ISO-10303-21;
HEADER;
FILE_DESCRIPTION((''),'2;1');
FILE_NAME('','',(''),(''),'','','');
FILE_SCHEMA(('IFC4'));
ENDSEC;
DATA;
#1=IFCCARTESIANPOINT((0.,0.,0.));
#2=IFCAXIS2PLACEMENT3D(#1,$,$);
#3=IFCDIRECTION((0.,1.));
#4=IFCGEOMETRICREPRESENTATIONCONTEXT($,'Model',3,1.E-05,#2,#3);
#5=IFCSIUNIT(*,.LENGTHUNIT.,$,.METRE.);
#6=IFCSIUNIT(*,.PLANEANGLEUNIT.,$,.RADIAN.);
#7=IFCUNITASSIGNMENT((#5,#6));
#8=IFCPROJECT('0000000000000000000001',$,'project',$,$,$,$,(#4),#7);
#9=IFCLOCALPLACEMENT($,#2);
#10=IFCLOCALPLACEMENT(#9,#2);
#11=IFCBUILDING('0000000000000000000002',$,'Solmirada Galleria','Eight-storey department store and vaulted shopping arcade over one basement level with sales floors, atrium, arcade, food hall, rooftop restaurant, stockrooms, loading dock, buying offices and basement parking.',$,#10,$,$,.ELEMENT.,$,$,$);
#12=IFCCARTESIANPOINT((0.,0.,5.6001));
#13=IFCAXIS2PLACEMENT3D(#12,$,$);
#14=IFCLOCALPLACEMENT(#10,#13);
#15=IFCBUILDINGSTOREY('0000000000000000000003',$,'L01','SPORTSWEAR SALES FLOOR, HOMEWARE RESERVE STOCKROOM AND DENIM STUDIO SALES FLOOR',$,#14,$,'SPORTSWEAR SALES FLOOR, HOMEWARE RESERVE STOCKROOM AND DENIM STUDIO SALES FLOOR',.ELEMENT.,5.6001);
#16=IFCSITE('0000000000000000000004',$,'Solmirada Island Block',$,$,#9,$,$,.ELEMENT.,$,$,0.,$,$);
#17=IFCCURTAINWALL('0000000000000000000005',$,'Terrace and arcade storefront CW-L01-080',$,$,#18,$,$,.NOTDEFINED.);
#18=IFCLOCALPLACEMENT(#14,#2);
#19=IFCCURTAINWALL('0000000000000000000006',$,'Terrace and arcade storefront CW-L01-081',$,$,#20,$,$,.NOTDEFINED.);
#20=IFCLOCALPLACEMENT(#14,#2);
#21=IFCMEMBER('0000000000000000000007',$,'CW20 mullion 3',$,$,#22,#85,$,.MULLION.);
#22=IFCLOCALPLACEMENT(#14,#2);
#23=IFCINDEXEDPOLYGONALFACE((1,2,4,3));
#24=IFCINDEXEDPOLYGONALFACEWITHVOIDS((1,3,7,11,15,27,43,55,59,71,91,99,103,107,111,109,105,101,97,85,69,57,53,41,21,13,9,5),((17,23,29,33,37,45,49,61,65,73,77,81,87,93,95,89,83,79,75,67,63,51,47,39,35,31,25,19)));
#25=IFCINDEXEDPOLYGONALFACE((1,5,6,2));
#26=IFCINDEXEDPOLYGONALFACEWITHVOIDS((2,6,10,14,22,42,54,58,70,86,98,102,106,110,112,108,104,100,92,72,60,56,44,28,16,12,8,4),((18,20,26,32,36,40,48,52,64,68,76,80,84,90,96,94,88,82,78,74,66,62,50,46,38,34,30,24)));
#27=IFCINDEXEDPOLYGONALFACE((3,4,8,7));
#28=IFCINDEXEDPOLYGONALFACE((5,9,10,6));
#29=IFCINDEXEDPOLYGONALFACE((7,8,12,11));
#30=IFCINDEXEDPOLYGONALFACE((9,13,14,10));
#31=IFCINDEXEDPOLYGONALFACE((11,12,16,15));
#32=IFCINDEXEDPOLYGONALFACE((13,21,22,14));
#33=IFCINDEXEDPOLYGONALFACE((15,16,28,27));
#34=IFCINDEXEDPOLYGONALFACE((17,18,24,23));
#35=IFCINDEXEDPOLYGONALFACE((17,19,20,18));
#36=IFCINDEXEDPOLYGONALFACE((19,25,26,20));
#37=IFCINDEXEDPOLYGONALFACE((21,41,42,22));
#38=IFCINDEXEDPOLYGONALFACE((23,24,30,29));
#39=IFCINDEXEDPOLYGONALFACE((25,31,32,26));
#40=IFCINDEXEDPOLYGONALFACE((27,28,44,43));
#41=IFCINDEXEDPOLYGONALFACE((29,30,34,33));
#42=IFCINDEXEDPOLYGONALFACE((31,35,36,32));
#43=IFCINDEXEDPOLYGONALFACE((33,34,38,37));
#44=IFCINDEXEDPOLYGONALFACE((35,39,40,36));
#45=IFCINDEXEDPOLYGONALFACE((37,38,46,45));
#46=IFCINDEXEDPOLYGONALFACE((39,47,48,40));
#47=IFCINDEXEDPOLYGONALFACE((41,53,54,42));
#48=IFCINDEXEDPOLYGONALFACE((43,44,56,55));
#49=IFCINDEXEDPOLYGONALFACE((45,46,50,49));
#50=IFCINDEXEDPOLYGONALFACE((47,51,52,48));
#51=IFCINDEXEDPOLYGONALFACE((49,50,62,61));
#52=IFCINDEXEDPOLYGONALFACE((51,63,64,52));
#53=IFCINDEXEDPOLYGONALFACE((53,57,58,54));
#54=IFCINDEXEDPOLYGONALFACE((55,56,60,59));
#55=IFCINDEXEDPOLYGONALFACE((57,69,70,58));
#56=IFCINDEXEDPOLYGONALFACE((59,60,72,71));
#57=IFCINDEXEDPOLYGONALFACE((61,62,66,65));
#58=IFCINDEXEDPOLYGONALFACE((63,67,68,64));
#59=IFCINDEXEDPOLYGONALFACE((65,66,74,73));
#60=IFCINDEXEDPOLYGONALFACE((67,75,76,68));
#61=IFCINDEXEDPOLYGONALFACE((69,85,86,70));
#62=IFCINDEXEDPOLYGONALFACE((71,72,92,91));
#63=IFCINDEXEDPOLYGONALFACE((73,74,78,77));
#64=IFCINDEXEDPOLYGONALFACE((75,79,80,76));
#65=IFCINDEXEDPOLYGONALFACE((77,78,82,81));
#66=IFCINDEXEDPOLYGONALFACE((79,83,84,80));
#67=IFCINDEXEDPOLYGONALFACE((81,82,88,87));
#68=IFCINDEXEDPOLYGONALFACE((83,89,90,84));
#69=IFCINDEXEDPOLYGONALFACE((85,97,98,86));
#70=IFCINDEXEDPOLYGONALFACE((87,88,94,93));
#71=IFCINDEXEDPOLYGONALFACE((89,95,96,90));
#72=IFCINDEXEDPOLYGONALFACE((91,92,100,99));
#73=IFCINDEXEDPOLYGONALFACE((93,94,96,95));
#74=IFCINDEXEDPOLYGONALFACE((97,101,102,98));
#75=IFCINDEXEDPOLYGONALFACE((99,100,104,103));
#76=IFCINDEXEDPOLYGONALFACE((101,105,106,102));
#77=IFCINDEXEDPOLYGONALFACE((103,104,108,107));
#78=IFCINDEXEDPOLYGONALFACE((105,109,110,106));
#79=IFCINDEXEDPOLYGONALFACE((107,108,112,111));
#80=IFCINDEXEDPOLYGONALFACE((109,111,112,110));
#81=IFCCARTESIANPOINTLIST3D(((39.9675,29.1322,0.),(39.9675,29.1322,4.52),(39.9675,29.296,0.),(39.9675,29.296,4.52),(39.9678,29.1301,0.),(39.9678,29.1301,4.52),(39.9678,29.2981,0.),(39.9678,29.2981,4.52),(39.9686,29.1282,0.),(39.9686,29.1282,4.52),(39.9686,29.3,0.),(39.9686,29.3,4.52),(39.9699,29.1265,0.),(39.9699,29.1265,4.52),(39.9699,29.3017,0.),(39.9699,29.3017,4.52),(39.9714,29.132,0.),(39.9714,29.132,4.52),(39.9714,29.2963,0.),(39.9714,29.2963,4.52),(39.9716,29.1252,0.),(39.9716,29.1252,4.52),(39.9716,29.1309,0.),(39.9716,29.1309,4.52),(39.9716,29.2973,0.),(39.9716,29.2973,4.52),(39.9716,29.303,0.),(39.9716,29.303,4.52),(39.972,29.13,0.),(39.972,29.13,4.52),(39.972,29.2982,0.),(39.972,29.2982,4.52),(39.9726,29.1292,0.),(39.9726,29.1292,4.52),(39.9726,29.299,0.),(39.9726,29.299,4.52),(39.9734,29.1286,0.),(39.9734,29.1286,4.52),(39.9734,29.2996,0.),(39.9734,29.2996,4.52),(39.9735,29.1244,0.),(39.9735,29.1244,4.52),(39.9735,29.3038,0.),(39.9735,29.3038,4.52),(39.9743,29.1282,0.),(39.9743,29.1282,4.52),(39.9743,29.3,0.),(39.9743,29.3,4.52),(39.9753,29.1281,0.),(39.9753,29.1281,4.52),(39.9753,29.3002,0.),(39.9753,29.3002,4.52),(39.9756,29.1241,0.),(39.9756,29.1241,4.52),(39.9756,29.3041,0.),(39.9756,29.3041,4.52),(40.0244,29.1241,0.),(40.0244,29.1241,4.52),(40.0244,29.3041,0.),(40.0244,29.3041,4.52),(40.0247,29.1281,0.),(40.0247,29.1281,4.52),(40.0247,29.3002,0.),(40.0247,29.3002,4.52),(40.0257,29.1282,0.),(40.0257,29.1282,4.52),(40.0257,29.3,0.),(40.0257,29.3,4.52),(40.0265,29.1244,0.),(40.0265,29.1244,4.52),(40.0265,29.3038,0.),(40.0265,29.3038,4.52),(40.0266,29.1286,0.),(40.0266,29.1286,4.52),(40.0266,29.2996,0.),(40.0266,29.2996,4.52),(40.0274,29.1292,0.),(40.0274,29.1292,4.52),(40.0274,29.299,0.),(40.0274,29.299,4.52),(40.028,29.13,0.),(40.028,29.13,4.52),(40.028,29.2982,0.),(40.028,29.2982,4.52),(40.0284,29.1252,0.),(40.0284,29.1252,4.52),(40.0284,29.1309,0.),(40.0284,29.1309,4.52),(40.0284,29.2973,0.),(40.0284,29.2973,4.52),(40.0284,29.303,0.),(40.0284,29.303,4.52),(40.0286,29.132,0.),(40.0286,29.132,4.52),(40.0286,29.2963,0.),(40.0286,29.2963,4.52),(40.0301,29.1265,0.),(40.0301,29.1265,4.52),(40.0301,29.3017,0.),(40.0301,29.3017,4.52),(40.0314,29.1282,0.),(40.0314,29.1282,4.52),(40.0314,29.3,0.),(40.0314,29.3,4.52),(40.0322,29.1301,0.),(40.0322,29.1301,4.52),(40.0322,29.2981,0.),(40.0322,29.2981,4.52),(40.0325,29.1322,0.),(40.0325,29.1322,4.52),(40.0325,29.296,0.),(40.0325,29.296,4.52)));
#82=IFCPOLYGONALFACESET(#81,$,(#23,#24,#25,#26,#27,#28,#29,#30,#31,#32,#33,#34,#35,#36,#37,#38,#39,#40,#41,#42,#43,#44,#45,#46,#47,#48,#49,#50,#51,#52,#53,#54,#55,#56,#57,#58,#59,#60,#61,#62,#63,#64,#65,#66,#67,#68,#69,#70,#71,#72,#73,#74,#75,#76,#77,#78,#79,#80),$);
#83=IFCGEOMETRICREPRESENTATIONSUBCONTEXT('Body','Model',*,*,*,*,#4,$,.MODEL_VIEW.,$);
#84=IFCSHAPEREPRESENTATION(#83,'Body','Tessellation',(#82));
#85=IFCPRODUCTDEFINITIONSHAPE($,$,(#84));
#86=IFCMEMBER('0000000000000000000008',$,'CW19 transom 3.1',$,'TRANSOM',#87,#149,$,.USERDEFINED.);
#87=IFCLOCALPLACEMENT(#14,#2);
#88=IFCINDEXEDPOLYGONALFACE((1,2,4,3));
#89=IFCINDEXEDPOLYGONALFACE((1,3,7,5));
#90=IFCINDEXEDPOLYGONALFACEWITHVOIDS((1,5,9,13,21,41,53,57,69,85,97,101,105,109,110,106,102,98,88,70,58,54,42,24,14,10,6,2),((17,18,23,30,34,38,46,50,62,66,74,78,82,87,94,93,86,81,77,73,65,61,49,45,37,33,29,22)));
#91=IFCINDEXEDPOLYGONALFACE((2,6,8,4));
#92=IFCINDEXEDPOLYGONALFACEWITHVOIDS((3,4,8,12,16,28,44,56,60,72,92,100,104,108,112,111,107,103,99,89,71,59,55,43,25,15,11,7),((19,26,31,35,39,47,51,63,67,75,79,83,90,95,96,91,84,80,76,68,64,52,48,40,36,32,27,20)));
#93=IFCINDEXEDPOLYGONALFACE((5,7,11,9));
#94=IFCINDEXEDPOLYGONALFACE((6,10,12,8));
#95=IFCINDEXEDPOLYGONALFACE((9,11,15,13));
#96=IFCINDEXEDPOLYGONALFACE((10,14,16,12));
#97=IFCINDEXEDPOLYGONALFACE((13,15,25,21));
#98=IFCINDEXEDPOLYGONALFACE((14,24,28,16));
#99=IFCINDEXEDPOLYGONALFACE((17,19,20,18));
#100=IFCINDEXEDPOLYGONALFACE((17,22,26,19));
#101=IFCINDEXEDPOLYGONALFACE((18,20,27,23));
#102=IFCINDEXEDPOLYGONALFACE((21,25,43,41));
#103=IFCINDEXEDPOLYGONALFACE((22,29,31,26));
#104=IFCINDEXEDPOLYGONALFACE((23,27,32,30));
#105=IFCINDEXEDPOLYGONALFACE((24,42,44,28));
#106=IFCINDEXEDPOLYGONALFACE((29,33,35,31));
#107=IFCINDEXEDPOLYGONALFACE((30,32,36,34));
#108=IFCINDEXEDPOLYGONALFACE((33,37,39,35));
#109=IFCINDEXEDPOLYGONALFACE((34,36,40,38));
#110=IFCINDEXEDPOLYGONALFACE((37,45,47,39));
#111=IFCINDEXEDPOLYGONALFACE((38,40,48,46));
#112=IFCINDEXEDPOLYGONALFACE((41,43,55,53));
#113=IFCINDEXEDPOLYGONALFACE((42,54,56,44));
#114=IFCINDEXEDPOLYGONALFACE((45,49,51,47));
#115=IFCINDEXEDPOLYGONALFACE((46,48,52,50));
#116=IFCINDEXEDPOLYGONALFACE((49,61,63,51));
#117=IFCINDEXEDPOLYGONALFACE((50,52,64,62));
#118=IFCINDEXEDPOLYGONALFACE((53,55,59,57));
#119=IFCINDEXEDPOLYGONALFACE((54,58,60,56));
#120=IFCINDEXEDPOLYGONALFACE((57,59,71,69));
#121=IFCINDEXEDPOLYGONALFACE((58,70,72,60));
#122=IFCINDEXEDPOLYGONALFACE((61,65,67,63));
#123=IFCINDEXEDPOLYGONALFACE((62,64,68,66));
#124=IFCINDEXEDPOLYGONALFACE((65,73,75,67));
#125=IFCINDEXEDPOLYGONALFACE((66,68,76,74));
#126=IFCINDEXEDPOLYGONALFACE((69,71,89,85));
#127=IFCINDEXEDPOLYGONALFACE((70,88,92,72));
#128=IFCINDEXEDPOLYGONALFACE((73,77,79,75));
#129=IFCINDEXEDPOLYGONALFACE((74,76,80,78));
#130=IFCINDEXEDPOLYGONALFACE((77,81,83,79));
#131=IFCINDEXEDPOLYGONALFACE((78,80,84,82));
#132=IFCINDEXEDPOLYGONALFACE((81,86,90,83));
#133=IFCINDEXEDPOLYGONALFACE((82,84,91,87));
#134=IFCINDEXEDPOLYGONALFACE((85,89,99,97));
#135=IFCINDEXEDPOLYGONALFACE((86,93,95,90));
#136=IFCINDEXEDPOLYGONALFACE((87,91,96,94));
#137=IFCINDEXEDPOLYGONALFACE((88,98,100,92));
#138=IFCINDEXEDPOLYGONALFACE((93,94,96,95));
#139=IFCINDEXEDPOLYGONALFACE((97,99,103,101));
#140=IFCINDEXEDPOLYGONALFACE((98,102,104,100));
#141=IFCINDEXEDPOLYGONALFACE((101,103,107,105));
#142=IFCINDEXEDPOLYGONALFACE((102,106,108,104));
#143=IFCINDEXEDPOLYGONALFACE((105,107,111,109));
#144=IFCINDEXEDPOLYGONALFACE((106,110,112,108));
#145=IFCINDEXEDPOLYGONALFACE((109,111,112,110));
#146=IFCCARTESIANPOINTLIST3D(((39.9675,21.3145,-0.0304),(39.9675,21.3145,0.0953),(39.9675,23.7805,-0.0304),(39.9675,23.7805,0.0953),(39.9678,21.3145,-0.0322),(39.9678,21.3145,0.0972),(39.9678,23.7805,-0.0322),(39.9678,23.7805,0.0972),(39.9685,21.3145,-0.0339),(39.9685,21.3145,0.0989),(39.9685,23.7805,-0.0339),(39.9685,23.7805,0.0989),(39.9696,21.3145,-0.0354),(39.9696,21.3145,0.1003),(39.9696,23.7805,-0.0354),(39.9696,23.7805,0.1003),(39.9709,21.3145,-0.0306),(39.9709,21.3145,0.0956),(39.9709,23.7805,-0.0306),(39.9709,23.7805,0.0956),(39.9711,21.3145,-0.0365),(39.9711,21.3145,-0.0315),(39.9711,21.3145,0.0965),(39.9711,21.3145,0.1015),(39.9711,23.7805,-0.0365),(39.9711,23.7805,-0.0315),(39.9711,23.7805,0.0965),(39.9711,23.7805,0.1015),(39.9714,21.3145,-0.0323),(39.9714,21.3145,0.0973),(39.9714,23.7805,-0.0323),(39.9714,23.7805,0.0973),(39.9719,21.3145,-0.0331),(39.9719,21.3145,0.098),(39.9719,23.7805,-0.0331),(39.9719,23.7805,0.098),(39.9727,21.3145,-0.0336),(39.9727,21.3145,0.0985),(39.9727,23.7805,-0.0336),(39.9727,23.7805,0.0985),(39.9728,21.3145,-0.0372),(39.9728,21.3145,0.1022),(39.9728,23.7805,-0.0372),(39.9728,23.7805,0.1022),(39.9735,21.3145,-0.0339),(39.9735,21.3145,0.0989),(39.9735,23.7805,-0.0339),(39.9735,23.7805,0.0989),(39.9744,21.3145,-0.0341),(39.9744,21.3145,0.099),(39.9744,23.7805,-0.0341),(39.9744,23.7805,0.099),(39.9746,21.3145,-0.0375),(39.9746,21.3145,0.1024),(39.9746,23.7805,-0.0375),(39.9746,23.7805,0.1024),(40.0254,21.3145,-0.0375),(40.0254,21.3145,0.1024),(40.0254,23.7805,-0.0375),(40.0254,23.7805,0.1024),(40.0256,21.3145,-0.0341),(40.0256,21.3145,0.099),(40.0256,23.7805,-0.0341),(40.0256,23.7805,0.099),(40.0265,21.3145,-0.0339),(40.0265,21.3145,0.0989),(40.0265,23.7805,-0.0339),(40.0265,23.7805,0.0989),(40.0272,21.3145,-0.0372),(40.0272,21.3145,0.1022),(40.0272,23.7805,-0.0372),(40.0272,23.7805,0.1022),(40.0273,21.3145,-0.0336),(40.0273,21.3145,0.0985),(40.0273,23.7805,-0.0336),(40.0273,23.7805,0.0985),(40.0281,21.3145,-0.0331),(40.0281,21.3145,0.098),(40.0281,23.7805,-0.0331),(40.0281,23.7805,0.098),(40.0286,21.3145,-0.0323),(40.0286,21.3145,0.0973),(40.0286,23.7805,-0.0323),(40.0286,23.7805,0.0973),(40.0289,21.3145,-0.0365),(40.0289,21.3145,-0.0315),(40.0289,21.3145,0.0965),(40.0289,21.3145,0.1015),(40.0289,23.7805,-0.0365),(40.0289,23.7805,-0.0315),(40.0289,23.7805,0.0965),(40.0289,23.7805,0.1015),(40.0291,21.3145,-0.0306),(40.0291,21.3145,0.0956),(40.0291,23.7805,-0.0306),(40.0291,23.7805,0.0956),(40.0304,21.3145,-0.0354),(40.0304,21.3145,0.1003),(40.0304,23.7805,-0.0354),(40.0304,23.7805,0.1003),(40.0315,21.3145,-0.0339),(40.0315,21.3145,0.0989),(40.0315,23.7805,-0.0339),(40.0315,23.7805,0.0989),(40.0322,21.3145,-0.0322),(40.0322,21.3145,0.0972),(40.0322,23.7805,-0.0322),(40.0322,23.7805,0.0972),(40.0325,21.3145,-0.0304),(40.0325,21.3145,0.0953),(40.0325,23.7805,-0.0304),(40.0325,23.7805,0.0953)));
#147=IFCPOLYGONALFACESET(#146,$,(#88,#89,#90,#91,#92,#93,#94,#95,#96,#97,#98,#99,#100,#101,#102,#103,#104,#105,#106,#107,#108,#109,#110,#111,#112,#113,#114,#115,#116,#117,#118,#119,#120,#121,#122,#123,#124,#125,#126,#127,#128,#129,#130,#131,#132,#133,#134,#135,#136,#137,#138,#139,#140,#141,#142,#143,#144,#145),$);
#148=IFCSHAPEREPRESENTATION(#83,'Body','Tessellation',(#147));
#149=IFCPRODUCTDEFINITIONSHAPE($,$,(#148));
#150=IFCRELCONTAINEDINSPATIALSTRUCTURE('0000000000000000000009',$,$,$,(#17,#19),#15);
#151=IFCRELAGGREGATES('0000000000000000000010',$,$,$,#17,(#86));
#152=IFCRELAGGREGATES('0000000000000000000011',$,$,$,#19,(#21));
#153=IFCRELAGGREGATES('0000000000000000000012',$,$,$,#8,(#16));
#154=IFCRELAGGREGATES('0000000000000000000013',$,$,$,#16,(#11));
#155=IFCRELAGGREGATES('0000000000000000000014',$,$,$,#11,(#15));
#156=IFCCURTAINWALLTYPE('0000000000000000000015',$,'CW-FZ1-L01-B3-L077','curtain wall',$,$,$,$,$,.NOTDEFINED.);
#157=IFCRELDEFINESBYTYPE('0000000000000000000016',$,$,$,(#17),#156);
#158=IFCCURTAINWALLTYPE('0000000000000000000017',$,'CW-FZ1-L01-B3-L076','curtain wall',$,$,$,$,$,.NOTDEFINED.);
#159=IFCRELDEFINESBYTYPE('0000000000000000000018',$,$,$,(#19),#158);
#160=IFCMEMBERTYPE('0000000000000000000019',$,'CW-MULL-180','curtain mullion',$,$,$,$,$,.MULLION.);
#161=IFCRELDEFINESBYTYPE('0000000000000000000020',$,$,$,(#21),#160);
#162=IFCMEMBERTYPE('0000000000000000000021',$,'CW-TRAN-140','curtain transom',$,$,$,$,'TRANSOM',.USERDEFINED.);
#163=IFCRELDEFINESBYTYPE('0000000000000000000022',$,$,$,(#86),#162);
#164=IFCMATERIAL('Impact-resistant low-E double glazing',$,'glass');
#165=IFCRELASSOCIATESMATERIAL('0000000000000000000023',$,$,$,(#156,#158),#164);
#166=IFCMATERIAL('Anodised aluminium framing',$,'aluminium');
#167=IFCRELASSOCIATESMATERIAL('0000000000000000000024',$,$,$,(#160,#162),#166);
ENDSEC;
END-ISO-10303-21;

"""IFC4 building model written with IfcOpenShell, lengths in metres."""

from ifc_helpers import new_model, si_unit, direction, frame, origin, origin_2d, place, context, subcontext, project, spatial, hollow_rectangle, extrude, material, material_profile, profile_set, type_object, element, aggregate, save


model = new_model("IFC4")

# Units and contexts
model_context = context("Model", 3, precision=1e-05, world=origin(), true_north=direction((0.0, 1.0)))
body_context = subcontext(model_context, "Body", "Model", "MODEL_VIEW")
ifc_project = project(units=[si_unit("LENGTHUNIT", "METRE"), si_unit("PLANEANGLEUNIT", "RADIAN")], contexts=[model_context])

# Site, building, storey
site_placement = place(None, origin())
site = spatial("IfcSite", under=ifc_project, at=site_placement, Name="Solmirada Island Block", CompositionType="ELEMENT", RefElevation=0.0)
building_placement = place(site_placement, origin())
building = spatial("IfcBuilding", under=site, at=building_placement, Name="Solmirada Galleria", Description="Eight-storey department store and vaulted shopping arcade over one basement level with sales floors, atrium, arcade, food hall, rooftop restaurant, stockrooms, loading dock, buying offices and basement parking.", CompositionType="ELEMENT")
storey_placement = place(building_placement, frame((0.0, 0.0, 5.6001)))
storey = spatial("IfcBuildingStorey", under=building, at=storey_placement, Name="L01", Description="SPORTSWEAR SALES FLOOR, HOMEWARE RESERVE STOCKROOM AND DENIM STUDIO SALES FLOOR", LongName="SPORTSWEAR SALES FLOOR, HOMEWARE RESERVE STOCKROOM AND DENIM STUDIO SALES FLOOR", CompositionType="ELEMENT", Elevation=5.6001)

# Curtain wall
ifc_material_1 = material(Name="Impact-resistant low-E double glazing", Category="glass")
curtain_wall_type_1 = type_object("IfcCurtainWallType", Name="CW-FZ1-L01-B3-L077", Description="curtain wall", PredefinedType="NOTDEFINED", material=ifc_material_1)
curtain_wall_1_placement = place(storey_placement, origin())
curtain_wall_1 = element("IfcCurtainWall", 1, at=curtain_wall_1_placement, inside=storey, type_object=curtain_wall_type_1, Name="Terrace and arcade storefront CW-L01-080", PredefinedType="NOTDEFINED")
ifc_material_2 = material(Name="Anodised aluminium framing", Category="aluminium")
ifc_material_profile_1 = material_profile(ifc_material_2, hollow_rectangle(XDim=0.0649, YDim=0.1799, WallThickness=0.0039, InnerFilletRadius=0.0039, OuterFilletRadius=0.0081, at=origin_2d()), Name="ALU-MULL-180X65")
ifc_profile_set_1 = profile_set([ifc_material_profile_1], Name="Anodised aluminium framing")
member_type_1 = type_object("IfcMemberType", Name="CW-MULL-180", Description="curtain mullion", PredefinedType="MULLION", material=ifc_profile_set_1)

# Curtain wall, member
curtain_wall_type_2 = type_object("IfcCurtainWallType", Name="CW-FZ1-L01-B3-L076", Description="curtain wall", PredefinedType="NOTDEFINED", material=ifc_material_1)
curtain_wall_2_placement = place(storey_placement, origin())
curtain_wall_2 = element("IfcCurtainWall", 2, at=curtain_wall_2_placement, inside=storey, type_object=curtain_wall_type_2, Name="Terrace and arcade storefront CW-L01-081", PredefinedType="NOTDEFINED")
member_1_placement = place(storey_placement, frame((40.0, 29.2141, 0.0), z_axis=(0.0, 0.0, 1.0), x_axis=(-1.0, 0.0, 0.0)))
member_1 = element("IfcMember", 3, at=member_1_placement, type_object=member_type_1, Name="CW20 mullion 3", PredefinedType="MULLION", context=body_context, shape_type="SweptSolid", body=[
    extrude(hollow_rectangle(XDim=0.0649, YDim=0.1799, WallThickness=0.0039, InnerFilletRadius=0.0039, OuterFilletRadius=0.0081, at=origin_2d()), origin(), (0.0, 0.0, 1.0), 4.52),
])

# Member
ifc_material_profile_2 = material_profile(ifc_material_2, hollow_rectangle(XDim=0.0649, YDim=0.1399, WallThickness=0.0034, InnerFilletRadius=0.0034, OuterFilletRadius=0.0071, at=origin_2d()), Name="ALU-TRAN-140X65")
ifc_profile_set_2 = profile_set([ifc_material_profile_2], Name="Anodised aluminium framing")
member_type_2 = type_object("IfcMemberType", Name="CW-TRAN-140", Description="curtain transom", ElementType="TRANSOM", PredefinedType="USERDEFINED", material=ifc_profile_set_2)
member_2_placement = place(storey_placement, frame((40.0, 21.3145, 0.0325), z_axis=(0.0, 1.0, 0.0), x_axis=(-1.0, 0.0, 0.0)))
member_2 = element("IfcMember", 4, at=member_2_placement, type_object=member_type_2, Name="CW19 transom 3.1", ObjectType="TRANSOM", PredefinedType="USERDEFINED", context=body_context, shape_type="SweptSolid", body=[
    extrude(hollow_rectangle(XDim=0.0649, YDim=0.1399, WallThickness=0.0034, InnerFilletRadius=0.0034, OuterFilletRadius=0.0071, at=origin_2d()), origin(), (0.0, 0.0, 1.0), 2.4661),
])

aggregate(curtain_wall_1, [member_2])
aggregate(curtain_wall_2, [member_1])

save(model, "model.ifc")
